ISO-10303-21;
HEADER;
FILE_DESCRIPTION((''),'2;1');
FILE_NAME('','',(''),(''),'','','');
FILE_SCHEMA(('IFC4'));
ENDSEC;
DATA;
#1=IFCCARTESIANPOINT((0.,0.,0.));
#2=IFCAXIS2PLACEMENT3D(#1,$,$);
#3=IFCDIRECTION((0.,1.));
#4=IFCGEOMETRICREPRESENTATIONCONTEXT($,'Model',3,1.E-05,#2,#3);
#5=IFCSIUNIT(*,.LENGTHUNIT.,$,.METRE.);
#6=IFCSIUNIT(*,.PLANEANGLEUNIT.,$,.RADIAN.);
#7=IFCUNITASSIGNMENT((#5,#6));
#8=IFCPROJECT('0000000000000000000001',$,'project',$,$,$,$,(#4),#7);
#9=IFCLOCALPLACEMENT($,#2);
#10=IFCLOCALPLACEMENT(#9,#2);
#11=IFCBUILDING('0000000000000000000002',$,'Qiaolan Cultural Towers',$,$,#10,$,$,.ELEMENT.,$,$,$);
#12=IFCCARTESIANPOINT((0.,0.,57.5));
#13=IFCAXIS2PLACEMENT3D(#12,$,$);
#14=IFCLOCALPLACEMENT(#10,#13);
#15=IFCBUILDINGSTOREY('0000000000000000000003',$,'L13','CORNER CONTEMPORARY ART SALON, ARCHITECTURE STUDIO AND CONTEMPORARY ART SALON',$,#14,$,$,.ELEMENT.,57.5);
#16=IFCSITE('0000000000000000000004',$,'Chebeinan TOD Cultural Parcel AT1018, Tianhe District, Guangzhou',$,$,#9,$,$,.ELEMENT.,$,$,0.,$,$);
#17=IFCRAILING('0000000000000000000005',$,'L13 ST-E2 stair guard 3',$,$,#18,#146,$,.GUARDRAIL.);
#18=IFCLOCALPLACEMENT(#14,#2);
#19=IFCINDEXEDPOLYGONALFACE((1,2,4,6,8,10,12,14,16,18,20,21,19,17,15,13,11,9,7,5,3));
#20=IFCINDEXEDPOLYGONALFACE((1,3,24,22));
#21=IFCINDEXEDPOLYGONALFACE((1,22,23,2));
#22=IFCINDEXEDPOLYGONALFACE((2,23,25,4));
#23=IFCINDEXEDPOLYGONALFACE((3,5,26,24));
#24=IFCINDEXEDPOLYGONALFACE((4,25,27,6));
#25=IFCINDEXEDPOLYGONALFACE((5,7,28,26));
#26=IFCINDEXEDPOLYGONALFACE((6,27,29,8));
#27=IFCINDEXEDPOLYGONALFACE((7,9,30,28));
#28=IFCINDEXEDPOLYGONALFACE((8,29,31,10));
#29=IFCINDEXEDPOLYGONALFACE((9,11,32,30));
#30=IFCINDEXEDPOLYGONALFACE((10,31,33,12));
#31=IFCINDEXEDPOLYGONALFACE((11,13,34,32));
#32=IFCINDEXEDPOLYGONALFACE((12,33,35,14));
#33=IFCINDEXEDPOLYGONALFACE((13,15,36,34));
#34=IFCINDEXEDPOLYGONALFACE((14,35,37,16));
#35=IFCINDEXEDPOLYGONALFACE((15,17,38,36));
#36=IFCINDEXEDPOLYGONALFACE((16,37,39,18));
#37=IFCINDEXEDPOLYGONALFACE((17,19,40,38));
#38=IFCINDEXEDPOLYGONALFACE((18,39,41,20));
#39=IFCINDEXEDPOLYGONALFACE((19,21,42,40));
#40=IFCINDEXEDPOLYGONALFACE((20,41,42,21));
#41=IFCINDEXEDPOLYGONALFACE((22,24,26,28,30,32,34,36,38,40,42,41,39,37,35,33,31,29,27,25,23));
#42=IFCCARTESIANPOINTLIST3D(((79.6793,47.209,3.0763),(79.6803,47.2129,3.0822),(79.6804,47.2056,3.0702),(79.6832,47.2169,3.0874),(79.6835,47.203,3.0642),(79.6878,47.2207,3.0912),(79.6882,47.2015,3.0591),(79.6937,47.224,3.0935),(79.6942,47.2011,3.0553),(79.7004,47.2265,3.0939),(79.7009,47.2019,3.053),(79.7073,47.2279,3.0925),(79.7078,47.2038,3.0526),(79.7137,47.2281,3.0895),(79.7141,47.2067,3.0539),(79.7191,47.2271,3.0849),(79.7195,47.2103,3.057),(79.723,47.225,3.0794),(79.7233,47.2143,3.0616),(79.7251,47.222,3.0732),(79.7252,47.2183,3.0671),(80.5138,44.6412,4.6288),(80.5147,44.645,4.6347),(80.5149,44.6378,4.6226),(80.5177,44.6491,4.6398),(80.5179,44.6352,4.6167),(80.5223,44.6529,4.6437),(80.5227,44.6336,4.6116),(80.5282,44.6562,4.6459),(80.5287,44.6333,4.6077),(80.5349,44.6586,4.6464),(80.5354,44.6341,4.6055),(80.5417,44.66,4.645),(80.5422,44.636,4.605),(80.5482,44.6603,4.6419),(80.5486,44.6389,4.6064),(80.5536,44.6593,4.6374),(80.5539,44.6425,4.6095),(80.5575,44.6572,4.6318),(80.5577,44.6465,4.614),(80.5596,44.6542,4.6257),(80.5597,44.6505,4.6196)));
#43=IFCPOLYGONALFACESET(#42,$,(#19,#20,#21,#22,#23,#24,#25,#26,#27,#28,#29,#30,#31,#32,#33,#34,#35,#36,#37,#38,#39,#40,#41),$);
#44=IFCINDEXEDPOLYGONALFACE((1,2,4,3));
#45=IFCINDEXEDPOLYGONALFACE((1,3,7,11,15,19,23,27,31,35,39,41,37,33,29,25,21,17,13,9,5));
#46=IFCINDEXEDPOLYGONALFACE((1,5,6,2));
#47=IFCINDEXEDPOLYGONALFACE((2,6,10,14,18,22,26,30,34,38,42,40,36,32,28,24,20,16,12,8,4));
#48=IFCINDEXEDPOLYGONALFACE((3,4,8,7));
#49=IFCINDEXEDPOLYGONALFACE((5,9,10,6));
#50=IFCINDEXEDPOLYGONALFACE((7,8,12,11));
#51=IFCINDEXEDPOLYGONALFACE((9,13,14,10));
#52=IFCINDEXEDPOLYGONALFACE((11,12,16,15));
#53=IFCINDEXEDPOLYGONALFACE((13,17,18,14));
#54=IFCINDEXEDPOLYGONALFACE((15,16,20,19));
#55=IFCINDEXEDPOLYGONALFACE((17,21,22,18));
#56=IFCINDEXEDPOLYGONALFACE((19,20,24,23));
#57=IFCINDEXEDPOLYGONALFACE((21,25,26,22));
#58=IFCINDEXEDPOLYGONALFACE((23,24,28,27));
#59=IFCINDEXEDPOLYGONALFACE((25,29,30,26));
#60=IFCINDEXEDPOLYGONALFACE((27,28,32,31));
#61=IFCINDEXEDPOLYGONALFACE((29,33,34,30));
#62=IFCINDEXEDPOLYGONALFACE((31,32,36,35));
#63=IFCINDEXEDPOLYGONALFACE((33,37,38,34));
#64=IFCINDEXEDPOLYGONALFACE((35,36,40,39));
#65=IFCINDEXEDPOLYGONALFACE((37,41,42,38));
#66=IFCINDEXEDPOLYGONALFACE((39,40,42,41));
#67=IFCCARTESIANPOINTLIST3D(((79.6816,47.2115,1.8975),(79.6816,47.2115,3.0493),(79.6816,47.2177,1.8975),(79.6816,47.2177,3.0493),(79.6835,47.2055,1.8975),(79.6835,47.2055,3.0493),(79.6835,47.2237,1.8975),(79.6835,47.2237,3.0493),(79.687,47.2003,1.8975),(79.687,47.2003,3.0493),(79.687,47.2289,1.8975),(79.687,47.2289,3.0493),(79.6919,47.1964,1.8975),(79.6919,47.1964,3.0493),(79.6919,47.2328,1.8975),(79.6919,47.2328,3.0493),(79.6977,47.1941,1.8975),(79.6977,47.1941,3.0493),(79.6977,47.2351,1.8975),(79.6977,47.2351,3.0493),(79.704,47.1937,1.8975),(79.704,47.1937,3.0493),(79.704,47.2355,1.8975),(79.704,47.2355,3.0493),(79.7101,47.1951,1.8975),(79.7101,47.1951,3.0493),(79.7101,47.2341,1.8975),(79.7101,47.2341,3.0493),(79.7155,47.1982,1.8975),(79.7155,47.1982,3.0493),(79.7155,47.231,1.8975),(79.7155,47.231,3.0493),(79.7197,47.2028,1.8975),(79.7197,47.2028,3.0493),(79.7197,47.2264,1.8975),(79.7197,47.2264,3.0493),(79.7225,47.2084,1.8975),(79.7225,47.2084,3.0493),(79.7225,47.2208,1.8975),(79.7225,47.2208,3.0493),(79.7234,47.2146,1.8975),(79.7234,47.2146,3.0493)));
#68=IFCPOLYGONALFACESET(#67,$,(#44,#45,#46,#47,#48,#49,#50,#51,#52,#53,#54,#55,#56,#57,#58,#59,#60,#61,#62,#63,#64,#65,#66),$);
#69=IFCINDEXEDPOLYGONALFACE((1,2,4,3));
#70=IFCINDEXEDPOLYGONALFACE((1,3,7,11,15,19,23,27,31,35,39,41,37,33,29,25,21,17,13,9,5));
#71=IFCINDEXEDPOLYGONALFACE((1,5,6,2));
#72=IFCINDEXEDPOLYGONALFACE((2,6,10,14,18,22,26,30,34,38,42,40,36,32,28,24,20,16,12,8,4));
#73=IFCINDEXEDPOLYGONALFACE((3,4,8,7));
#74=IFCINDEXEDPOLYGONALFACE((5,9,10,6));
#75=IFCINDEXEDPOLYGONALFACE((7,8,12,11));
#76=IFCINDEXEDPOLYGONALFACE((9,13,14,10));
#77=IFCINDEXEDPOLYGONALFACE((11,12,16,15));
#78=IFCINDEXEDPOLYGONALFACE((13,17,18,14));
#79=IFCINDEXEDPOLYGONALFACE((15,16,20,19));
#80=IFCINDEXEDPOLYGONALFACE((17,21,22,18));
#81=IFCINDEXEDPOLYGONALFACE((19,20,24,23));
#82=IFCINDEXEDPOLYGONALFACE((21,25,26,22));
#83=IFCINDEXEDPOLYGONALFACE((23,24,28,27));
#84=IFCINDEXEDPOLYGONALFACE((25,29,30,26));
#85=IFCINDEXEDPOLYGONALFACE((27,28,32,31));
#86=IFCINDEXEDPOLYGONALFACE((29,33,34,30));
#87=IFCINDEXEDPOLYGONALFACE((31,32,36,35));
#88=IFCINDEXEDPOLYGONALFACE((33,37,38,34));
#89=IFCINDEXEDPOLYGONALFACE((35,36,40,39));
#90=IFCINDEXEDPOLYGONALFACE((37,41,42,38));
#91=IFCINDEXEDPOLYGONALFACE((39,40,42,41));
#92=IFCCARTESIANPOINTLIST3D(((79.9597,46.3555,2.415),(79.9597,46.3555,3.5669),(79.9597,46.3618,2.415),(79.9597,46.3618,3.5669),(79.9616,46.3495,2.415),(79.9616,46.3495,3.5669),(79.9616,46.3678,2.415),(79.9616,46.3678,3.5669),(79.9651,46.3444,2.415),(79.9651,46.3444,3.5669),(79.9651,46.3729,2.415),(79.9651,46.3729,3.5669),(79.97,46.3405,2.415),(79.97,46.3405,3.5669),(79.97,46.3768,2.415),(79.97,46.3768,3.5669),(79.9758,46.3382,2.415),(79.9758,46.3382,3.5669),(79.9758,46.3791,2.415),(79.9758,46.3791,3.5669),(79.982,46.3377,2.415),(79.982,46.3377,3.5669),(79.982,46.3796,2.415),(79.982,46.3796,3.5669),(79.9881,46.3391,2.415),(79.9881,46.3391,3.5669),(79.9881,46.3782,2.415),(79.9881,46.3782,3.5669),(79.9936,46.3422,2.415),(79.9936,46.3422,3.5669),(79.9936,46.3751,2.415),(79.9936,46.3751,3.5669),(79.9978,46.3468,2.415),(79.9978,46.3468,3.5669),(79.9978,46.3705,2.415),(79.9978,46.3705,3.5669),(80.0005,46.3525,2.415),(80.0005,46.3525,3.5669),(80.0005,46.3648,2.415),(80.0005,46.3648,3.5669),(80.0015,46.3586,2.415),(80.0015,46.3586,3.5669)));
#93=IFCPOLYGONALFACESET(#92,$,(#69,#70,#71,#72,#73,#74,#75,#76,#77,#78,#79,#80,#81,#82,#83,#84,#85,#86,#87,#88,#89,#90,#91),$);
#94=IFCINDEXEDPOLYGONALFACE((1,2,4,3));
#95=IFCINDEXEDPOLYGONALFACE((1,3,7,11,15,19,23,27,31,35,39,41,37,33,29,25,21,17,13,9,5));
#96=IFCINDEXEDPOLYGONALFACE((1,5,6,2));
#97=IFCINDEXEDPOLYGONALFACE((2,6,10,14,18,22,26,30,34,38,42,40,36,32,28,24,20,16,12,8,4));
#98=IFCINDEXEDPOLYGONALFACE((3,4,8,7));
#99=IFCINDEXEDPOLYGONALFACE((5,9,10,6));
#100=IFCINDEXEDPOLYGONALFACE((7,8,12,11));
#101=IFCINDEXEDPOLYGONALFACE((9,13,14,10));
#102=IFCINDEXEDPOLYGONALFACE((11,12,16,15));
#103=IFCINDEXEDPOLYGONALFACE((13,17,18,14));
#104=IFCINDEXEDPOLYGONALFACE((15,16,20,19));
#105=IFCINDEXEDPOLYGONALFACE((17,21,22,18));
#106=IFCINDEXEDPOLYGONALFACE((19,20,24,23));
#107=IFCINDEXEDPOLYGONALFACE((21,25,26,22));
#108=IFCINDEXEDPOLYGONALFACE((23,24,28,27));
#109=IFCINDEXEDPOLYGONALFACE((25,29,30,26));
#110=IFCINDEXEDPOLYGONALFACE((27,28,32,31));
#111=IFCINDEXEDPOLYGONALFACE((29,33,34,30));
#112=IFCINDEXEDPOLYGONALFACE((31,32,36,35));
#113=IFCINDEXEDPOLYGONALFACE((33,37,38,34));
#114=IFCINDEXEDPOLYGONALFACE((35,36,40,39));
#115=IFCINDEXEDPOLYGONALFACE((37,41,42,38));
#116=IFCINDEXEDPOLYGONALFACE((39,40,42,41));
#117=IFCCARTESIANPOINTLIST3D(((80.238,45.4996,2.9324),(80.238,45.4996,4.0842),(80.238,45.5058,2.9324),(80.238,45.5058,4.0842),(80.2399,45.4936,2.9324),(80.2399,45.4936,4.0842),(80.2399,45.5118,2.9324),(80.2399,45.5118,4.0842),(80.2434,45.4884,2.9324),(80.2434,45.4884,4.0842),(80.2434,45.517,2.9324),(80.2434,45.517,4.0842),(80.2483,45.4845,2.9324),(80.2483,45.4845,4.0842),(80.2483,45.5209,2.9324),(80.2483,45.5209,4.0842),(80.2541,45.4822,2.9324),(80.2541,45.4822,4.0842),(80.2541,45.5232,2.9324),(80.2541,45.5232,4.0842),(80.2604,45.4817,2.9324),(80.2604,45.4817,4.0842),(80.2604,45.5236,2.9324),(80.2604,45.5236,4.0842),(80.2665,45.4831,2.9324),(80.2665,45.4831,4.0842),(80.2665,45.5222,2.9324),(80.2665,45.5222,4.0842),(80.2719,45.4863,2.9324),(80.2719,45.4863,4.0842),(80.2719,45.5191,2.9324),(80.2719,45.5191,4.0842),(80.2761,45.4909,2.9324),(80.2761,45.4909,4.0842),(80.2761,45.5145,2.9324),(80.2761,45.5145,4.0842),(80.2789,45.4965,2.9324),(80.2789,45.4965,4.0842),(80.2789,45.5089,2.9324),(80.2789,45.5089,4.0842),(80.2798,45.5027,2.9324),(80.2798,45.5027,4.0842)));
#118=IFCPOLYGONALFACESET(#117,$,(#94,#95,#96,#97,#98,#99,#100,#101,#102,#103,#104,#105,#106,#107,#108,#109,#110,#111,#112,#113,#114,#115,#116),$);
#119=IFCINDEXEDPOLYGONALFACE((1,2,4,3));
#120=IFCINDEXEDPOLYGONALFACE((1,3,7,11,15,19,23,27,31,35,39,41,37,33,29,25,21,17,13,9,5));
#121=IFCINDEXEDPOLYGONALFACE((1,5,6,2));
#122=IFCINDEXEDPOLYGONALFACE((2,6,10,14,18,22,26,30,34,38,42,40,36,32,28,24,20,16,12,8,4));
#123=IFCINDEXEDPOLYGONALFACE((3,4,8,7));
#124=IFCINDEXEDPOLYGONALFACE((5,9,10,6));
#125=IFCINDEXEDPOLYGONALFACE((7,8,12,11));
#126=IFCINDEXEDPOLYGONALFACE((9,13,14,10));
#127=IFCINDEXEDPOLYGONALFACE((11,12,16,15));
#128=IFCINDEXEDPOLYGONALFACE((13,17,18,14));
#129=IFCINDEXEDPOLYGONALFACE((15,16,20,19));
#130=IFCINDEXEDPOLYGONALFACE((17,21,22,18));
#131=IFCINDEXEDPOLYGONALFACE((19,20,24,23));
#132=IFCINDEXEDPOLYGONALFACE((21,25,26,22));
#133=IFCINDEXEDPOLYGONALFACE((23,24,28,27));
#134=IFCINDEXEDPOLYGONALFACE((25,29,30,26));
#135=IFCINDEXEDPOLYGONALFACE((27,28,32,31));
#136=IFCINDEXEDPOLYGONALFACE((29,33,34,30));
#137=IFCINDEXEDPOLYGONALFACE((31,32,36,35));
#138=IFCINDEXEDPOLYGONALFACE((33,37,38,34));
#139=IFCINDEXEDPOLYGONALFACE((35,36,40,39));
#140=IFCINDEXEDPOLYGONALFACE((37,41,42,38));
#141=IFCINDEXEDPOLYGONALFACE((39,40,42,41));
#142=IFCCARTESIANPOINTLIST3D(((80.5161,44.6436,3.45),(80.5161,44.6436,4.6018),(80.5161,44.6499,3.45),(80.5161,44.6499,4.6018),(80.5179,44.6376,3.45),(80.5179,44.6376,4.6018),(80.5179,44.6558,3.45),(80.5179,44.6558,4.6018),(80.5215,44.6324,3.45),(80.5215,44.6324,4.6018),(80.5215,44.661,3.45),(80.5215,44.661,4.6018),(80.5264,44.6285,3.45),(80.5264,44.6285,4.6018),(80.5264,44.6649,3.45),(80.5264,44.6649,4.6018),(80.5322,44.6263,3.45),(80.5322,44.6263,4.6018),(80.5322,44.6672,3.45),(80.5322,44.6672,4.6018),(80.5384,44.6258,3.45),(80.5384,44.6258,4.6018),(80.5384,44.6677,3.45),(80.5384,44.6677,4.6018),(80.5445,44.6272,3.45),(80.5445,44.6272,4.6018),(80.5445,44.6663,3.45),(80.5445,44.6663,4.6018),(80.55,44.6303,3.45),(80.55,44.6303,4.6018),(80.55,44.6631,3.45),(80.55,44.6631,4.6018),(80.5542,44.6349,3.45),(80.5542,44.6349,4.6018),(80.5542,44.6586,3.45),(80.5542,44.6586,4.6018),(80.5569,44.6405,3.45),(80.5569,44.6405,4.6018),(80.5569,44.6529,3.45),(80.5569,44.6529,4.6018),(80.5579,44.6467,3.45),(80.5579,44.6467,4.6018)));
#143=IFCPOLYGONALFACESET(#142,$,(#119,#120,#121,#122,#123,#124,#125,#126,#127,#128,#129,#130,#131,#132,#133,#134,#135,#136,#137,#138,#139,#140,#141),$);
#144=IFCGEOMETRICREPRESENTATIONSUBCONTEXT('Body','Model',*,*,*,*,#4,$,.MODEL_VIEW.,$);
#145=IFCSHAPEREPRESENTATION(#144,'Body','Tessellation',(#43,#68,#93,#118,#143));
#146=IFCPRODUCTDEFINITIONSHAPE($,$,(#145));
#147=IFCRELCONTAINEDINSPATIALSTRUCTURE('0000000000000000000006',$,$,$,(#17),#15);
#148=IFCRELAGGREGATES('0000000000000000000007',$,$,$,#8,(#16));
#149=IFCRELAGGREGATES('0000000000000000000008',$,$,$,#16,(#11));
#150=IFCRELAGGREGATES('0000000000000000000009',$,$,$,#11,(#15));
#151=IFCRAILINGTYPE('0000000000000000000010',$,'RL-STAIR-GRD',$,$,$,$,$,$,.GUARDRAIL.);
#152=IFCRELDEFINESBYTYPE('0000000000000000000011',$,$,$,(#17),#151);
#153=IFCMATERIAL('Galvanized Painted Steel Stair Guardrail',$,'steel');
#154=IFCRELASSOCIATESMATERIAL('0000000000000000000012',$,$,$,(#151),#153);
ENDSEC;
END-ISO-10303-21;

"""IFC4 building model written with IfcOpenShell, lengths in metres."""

from ifc_helpers import new_model, si_unit, direction, frame, origin, origin_2d, place, context, subcontext, project, spatial, circle, extrude, material, type_object, element, save


model = new_model("IFC4")

# Units and contexts
model_context = context("Model", 3, precision=1e-05, world=origin(), true_north=direction((0.0, 1.0)))
body_context = subcontext(model_context, "Body", "Model", "MODEL_VIEW")
ifc_project = project(units=[si_unit("LENGTHUNIT", "METRE"), si_unit("PLANEANGLEUNIT", "RADIAN")], contexts=[model_context])

# Site, building, storey
site_placement = place(None, origin())
site = spatial("IfcSite", under=ifc_project, at=site_placement, Name="Chebeinan TOD Cultural Parcel AT1018, Tianhe District, Guangzhou", CompositionType="ELEMENT", RefElevation=0.0)
building_placement = place(site_placement, origin())
building = spatial("IfcBuilding", under=site, at=building_placement, Name="Qiaolan Cultural Towers", CompositionType="ELEMENT")
storey_placement = place(building_placement, frame((0.0, 0.0, 57.5)))
storey = spatial("IfcBuildingStorey", under=building, at=storey_placement, Name="L13", Description="CORNER CONTEMPORARY ART SALON, ARCHITECTURE STUDIO AND CONTEMPORARY ART SALON", CompositionType="ELEMENT", Elevation=57.5)

# Railing
ifc_material_1 = material(Name="Galvanized Painted Steel Stair Guardrail", Category="steel")
railing_type_1 = type_object("IfcRailingType", Name="RL-STAIR-GRD", PredefinedType="GUARDRAIL", material=ifc_material_1)
railing_1_placement = place(storey_placement, frame((79.7024, 47.2146, 1.8975)))
element("IfcRailing", 1, at=railing_1_placement, inside=storey, type_object=railing_type_1, Name="L13 ST-E2 stair guard 3", PredefinedType="GUARDRAIL", context=body_context, shape_type="SweptSolid", body=[
    extrude(circle(Radius=0.0239, at=origin_2d()), frame((0.0, 0.0, 1.1758), z_axis=(0.267926, -0.824471, 0.498461), x_axis=(0.951043, 0.309057, 0.0)), (0.0, 0.0, 1.0), 3.1145),
    extrude(circle(Radius=0.021, at=origin_2d()), origin(), (0.0, 0.0, 1.0), 1.1519),
    extrude(circle(Radius=0.021, at=origin_2d()), frame((0.2781, -0.856, 0.5176)), (0.0, 0.0, 1.0), 1.1519),
    extrude(circle(Radius=0.021, at=origin_2d()), frame((0.5564, -1.7119, 1.0349)), (0.0, 0.0, 1.0), 1.1519),
    extrude(circle(Radius=0.021, at=origin_2d()), frame((0.8345, -2.5679, 1.5525)), (0.0, 0.0, 1.0), 1.1519),
])

save(model, "model.ifc")
